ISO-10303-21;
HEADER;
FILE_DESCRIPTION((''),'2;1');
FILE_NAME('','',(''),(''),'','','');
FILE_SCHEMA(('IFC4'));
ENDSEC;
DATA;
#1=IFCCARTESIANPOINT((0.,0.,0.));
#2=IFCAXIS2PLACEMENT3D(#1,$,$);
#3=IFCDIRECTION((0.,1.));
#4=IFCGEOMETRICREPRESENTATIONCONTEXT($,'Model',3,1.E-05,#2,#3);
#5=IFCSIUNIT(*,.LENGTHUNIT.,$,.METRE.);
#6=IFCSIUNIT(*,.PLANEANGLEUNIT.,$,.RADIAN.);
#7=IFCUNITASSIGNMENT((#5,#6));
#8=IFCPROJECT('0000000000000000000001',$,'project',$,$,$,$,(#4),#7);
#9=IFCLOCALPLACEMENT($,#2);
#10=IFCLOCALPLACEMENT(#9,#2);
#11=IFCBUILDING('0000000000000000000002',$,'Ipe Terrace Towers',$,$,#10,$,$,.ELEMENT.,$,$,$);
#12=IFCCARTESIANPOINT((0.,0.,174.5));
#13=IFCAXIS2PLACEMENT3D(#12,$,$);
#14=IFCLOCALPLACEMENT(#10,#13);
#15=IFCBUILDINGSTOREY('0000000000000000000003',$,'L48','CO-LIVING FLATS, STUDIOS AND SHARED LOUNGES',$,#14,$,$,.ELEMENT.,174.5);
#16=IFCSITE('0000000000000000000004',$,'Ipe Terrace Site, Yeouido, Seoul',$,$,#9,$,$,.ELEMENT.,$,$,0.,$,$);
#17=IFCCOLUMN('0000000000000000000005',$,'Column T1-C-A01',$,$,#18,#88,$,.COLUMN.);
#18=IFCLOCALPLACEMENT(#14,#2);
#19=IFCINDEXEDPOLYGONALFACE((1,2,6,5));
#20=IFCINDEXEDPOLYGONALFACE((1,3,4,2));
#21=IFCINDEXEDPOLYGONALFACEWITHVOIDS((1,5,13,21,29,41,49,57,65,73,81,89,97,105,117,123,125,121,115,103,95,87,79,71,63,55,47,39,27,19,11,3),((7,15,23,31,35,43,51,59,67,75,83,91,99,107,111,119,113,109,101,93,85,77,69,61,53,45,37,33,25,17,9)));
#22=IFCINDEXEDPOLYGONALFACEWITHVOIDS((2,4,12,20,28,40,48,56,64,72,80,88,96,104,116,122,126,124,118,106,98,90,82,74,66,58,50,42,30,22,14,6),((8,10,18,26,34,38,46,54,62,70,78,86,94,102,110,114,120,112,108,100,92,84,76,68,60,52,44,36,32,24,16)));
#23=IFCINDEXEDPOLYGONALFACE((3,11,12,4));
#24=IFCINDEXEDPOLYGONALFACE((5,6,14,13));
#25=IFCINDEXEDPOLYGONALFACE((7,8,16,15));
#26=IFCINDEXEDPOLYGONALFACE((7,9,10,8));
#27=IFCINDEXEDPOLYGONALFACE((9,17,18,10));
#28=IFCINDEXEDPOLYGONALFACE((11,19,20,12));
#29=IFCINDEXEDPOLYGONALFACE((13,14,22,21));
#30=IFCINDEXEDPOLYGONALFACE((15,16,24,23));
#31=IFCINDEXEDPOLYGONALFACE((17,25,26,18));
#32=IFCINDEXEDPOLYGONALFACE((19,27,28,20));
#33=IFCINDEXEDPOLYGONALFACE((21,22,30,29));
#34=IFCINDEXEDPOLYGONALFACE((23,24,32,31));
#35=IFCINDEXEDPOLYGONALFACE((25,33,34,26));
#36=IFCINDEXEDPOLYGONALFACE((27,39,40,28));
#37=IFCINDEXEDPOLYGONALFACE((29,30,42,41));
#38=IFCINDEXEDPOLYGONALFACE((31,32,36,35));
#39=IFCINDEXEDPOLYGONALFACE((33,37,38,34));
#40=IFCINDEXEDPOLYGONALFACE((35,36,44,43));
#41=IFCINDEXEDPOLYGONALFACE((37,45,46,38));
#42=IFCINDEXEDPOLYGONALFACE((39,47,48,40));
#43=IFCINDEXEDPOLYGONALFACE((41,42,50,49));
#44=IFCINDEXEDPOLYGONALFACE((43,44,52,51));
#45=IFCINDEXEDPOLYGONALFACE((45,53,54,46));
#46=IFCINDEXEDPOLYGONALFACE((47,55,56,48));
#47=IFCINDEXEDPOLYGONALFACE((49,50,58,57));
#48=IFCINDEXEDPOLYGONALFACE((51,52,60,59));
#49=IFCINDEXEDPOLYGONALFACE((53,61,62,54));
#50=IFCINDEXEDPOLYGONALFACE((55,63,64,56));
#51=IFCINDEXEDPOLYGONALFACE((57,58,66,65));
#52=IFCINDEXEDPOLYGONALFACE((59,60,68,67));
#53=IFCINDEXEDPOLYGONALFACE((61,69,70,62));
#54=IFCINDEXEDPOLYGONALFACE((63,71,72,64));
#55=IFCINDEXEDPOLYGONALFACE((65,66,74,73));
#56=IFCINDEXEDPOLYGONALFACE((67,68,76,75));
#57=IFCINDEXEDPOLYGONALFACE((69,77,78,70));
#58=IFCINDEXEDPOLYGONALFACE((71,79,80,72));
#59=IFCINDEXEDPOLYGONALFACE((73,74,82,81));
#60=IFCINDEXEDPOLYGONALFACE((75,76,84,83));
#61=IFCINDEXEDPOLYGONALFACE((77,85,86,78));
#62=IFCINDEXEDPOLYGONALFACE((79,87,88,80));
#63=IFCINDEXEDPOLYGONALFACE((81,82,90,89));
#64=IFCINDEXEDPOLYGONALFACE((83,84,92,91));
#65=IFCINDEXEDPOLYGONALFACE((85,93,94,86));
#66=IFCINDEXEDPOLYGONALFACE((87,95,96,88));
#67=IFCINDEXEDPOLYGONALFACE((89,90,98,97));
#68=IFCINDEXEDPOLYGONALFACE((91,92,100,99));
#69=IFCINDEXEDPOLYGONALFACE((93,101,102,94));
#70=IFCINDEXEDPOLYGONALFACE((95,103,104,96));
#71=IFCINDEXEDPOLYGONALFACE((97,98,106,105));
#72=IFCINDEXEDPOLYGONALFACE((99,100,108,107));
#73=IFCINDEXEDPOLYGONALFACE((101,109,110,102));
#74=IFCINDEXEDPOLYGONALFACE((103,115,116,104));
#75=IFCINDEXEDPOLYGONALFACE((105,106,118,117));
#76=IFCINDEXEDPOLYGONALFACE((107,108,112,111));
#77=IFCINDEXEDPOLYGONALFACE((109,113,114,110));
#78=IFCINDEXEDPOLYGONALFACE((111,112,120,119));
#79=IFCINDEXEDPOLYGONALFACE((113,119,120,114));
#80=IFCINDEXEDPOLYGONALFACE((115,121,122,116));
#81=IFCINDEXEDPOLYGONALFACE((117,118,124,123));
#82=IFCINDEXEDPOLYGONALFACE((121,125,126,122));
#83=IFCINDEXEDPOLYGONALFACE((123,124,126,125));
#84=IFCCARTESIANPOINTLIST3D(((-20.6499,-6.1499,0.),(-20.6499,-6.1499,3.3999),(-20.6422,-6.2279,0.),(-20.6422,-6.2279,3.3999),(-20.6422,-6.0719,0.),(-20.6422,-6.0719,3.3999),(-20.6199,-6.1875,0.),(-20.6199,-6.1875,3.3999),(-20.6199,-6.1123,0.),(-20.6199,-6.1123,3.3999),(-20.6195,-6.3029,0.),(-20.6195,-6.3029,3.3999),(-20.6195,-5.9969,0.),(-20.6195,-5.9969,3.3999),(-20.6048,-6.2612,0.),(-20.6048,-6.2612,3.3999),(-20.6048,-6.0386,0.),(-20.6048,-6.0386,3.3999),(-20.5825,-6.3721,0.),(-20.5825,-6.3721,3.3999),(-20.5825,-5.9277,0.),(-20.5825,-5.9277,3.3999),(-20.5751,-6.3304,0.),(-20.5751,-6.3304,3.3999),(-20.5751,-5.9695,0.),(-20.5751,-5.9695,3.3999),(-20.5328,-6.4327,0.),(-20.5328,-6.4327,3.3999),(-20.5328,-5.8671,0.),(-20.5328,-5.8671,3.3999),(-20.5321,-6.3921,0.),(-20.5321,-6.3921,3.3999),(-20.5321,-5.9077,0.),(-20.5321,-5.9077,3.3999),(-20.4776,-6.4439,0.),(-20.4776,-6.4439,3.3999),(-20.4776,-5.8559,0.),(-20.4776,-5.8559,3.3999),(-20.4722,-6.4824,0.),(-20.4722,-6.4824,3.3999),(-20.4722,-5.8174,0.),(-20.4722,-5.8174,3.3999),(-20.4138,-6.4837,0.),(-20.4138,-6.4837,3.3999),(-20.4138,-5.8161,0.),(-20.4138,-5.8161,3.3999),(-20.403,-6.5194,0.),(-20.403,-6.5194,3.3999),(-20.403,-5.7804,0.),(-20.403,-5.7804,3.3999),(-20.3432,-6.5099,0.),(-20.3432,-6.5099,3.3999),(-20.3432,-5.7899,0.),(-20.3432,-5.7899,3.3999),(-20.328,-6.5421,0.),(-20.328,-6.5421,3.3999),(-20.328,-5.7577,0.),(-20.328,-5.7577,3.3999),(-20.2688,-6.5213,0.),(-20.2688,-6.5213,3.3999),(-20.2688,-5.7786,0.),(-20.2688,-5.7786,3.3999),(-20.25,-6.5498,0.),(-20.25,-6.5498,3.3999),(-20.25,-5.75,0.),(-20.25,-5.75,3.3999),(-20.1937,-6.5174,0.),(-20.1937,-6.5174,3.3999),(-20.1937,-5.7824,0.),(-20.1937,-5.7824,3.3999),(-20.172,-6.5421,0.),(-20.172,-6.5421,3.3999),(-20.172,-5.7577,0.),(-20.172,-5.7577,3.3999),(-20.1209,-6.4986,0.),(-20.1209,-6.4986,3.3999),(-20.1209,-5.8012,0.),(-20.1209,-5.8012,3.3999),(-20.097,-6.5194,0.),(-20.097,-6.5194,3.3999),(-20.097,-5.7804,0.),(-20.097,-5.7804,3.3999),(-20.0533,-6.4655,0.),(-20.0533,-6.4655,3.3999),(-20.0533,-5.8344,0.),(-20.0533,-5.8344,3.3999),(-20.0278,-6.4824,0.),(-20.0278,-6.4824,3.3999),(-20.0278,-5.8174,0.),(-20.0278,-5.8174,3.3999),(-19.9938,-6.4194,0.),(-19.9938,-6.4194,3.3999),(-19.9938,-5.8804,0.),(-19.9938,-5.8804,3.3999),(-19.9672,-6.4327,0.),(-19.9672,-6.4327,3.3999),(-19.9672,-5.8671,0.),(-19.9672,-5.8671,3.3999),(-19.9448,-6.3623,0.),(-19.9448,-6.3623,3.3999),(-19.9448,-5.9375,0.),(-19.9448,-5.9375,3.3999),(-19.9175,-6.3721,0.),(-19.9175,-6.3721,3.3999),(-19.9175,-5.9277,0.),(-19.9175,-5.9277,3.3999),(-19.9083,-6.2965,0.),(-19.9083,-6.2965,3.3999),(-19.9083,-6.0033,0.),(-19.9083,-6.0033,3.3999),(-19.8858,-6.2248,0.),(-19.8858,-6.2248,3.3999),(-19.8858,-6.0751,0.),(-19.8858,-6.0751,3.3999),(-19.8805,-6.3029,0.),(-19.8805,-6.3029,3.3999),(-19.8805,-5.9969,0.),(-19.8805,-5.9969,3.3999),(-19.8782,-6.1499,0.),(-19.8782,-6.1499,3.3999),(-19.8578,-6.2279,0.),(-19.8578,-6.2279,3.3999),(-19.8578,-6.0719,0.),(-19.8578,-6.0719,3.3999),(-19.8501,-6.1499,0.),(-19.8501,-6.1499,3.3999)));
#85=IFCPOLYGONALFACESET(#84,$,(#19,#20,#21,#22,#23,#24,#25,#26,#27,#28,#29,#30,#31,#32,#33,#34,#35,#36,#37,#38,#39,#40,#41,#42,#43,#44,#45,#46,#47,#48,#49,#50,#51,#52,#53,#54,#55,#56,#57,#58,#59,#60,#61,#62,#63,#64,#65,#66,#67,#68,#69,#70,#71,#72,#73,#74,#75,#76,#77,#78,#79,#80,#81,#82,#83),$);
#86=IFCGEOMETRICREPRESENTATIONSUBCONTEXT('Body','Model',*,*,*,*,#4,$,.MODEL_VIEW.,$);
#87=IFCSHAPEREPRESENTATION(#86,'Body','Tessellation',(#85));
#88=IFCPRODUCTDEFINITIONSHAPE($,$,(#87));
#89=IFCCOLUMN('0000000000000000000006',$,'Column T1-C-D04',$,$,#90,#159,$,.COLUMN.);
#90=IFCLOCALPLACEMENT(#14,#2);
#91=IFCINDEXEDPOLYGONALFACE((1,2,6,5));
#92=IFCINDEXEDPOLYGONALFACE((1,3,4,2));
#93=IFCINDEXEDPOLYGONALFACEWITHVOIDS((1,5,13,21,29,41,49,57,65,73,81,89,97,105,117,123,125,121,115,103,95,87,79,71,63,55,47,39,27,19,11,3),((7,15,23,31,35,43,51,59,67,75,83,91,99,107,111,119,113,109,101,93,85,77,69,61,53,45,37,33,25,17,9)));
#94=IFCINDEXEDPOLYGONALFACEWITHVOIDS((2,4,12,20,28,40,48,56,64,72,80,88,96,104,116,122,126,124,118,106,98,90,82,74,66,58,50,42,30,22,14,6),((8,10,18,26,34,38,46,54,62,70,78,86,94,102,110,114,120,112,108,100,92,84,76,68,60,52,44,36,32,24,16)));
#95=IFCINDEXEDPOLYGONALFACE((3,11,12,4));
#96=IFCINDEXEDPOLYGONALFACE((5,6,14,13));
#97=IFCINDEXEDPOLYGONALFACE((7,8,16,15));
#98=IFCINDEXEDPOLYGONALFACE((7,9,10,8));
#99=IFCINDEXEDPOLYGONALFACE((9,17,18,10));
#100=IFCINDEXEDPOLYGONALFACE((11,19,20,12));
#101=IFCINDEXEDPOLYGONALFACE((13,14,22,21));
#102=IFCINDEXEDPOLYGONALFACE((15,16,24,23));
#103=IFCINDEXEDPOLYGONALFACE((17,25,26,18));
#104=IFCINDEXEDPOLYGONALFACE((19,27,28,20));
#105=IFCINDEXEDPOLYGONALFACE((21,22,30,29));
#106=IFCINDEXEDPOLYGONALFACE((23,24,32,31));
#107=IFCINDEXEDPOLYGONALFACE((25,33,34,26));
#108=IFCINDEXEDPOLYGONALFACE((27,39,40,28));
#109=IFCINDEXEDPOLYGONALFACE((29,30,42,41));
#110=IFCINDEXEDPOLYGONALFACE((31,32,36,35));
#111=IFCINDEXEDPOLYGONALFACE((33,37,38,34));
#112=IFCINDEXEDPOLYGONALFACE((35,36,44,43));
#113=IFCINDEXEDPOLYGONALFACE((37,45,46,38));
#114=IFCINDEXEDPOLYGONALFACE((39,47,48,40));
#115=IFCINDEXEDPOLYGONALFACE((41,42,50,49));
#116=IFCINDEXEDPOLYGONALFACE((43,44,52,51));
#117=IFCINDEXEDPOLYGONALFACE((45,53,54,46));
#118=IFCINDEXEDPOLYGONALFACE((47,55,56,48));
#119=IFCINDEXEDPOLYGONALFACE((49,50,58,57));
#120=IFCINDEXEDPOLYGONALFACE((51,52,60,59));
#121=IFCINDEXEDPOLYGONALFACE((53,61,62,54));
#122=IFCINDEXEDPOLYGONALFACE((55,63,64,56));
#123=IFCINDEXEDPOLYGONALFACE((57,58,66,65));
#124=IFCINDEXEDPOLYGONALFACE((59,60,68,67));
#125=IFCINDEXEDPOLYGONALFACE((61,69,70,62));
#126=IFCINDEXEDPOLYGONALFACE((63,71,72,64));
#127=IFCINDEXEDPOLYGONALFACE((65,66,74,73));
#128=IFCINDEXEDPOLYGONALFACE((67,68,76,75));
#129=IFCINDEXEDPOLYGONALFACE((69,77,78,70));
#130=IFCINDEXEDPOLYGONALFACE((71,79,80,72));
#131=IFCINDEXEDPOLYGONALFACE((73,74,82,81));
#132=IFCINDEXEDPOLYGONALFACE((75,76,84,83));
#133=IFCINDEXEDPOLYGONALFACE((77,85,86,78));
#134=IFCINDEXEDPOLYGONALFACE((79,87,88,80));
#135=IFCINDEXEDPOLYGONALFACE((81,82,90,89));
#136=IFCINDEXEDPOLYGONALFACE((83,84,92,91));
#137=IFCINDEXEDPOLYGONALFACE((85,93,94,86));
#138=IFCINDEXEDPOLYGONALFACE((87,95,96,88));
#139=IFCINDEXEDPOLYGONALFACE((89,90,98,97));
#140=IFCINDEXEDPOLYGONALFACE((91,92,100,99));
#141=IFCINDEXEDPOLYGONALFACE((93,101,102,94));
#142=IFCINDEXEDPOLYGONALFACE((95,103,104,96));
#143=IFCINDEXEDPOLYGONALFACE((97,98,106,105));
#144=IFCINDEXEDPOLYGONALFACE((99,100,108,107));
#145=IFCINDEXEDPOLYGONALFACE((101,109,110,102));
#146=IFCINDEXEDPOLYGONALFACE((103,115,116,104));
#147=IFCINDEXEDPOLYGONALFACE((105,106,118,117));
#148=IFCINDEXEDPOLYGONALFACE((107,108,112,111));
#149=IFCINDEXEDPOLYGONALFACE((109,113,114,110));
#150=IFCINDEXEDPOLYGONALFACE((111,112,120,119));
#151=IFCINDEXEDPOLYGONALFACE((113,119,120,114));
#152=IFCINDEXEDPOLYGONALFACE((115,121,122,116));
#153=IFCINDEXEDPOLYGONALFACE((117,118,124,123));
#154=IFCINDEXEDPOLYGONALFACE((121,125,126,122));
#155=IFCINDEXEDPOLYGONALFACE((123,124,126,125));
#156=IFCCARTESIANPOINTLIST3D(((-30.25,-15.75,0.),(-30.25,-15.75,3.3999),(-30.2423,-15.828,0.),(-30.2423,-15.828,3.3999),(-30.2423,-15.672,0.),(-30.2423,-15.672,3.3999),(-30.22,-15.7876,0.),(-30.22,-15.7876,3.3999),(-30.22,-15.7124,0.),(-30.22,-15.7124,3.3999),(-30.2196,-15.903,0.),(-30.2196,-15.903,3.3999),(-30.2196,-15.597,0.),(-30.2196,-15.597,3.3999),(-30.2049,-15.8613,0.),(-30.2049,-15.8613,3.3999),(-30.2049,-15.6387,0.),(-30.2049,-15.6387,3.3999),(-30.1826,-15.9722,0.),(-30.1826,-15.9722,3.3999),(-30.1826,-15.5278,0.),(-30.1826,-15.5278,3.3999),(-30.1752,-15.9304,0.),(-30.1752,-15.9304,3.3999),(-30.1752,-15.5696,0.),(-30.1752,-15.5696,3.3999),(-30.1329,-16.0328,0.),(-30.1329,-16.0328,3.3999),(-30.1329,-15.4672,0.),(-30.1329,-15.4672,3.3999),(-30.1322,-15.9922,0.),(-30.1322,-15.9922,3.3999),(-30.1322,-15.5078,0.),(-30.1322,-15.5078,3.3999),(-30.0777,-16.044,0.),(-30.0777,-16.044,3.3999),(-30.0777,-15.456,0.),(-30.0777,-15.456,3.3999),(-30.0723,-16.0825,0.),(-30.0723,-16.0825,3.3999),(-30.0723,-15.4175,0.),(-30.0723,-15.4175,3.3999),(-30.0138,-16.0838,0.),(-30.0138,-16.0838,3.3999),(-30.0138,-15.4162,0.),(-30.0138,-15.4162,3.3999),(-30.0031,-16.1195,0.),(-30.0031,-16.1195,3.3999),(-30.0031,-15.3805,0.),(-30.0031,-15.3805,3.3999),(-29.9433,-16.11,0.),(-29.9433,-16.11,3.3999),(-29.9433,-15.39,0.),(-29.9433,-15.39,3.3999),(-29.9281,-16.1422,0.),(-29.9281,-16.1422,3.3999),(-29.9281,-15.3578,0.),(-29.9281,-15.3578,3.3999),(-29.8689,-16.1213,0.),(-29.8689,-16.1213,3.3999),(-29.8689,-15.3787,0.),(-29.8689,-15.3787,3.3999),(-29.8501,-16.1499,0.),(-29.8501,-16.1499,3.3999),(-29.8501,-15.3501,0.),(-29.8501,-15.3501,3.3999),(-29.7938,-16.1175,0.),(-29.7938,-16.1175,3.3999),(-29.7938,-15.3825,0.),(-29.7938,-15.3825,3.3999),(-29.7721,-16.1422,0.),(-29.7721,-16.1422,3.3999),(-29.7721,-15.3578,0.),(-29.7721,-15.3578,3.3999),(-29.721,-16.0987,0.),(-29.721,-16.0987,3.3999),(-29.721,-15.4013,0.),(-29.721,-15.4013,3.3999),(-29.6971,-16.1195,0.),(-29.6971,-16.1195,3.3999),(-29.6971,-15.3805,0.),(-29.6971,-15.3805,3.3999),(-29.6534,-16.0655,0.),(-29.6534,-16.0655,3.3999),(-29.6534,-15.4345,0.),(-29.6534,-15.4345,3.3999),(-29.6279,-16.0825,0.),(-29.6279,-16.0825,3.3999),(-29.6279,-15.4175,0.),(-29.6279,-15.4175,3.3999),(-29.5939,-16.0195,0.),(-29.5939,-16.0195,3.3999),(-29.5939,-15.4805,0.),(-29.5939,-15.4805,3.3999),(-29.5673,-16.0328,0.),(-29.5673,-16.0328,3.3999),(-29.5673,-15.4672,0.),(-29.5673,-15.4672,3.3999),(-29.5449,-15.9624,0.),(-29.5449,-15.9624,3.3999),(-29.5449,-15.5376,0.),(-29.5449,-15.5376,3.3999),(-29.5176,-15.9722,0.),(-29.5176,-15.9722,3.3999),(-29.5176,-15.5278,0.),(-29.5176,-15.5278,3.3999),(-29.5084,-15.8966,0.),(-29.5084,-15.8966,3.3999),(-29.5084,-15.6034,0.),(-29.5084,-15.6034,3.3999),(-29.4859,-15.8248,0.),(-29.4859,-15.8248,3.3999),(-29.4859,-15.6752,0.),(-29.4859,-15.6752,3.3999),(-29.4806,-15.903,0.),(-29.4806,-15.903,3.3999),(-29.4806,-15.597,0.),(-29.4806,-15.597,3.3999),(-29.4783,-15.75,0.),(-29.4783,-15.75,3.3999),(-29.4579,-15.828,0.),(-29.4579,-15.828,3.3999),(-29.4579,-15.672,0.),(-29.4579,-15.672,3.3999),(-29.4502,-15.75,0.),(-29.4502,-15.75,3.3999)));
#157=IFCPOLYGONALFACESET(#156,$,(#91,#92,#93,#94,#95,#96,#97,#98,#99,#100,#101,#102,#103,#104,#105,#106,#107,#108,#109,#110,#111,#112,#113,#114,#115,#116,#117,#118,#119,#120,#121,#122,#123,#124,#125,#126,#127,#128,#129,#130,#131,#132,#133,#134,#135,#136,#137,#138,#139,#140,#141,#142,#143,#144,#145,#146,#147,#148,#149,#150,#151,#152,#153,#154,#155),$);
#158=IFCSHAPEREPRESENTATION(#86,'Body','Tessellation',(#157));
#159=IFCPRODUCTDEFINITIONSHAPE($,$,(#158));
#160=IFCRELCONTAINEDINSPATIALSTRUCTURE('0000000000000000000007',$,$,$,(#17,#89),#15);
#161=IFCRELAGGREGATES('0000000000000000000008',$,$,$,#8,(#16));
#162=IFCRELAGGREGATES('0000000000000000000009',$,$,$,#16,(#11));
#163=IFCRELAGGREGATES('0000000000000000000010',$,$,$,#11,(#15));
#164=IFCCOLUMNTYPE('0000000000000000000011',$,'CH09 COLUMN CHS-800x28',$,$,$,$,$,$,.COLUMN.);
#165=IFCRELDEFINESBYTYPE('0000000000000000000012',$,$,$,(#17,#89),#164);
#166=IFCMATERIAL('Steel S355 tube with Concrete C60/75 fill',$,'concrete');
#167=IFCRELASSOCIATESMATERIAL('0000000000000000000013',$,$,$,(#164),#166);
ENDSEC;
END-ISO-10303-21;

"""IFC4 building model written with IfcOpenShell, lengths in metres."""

from ifc_helpers import new_model, si_unit, direction, frame, origin, origin_2d, place, context, subcontext, project, spatial, hollow_circle, extrude, material, material_profile, profile_set, type_object, element, save


model = new_model("IFC4")

# Units and contexts
model_context = context("Model", 3, precision=1e-05, world=origin(), true_north=direction((0.0, 1.0)))
body_context = subcontext(model_context, "Body", "Model", "MODEL_VIEW")
ifc_project = project(units=[si_unit("LENGTHUNIT", "METRE"), si_unit("PLANEANGLEUNIT", "RADIAN")], contexts=[model_context])

# Site, building, storey
site_placement = place(None, origin())
site = spatial("IfcSite", under=ifc_project, at=site_placement, Name="Ipe Terrace Site, Yeouido, Seoul", CompositionType="ELEMENT", RefElevation=0.0)
building_placement = place(site_placement, origin())
building = spatial("IfcBuilding", under=site, at=building_placement, Name="Ipe Terrace Towers", CompositionType="ELEMENT")
storey_placement = place(building_placement, frame((0.0, 0.0, 174.5)))
storey = spatial("IfcBuildingStorey", under=building, at=storey_placement, Name="L48", Description="CO-LIVING FLATS, STUDIOS AND SHARED LOUNGES", CompositionType="ELEMENT", Elevation=174.5)

# Columns
ifc_material_1 = material(Name="Steel S355 tube with Concrete C60/75 fill", Category="concrete")
ifc_material_profile_1 = material_profile(ifc_material_1, hollow_circle(Radius=0.3999, WallThickness=0.0281, at=origin_2d()), Name="CHS-800x28")
ifc_profile_set_1 = profile_set([ifc_material_profile_1], Name="Steel S355 tube with Concrete C60/75 fill")
column_type_1 = type_object("IfcColumnType", Name="CH09 COLUMN CHS-800x28", PredefinedType="COLUMN", material=ifc_profile_set_1)
for number, where, z_axis, x_axis, name in (
    (1, (-20.25, -6.1499, 0.0), (0.0, 0.0, 1.0), (1.0, 0.0, 0.0), "Column T1-C-A01"),
    (2, (-29.8501, -15.75, 0.0), (0.0, 0.0, 1.0), (1.0, 0.0, 0.0), "Column T1-C-D04"),
):
    element("IfcColumn", number, at=place(storey_placement, frame(where, z_axis=z_axis, x_axis=x_axis)), inside=storey, type_object=column_type_1, Name=name, PredefinedType="COLUMN", context=body_context, shape_type="SweptSolid", body=[
        extrude(hollow_circle(Radius=0.3999, WallThickness=0.0281, at=origin_2d()), origin(), (0.0, 0.0, 1.0), 3.3999),
    ])

save(model, "model.ifc")
